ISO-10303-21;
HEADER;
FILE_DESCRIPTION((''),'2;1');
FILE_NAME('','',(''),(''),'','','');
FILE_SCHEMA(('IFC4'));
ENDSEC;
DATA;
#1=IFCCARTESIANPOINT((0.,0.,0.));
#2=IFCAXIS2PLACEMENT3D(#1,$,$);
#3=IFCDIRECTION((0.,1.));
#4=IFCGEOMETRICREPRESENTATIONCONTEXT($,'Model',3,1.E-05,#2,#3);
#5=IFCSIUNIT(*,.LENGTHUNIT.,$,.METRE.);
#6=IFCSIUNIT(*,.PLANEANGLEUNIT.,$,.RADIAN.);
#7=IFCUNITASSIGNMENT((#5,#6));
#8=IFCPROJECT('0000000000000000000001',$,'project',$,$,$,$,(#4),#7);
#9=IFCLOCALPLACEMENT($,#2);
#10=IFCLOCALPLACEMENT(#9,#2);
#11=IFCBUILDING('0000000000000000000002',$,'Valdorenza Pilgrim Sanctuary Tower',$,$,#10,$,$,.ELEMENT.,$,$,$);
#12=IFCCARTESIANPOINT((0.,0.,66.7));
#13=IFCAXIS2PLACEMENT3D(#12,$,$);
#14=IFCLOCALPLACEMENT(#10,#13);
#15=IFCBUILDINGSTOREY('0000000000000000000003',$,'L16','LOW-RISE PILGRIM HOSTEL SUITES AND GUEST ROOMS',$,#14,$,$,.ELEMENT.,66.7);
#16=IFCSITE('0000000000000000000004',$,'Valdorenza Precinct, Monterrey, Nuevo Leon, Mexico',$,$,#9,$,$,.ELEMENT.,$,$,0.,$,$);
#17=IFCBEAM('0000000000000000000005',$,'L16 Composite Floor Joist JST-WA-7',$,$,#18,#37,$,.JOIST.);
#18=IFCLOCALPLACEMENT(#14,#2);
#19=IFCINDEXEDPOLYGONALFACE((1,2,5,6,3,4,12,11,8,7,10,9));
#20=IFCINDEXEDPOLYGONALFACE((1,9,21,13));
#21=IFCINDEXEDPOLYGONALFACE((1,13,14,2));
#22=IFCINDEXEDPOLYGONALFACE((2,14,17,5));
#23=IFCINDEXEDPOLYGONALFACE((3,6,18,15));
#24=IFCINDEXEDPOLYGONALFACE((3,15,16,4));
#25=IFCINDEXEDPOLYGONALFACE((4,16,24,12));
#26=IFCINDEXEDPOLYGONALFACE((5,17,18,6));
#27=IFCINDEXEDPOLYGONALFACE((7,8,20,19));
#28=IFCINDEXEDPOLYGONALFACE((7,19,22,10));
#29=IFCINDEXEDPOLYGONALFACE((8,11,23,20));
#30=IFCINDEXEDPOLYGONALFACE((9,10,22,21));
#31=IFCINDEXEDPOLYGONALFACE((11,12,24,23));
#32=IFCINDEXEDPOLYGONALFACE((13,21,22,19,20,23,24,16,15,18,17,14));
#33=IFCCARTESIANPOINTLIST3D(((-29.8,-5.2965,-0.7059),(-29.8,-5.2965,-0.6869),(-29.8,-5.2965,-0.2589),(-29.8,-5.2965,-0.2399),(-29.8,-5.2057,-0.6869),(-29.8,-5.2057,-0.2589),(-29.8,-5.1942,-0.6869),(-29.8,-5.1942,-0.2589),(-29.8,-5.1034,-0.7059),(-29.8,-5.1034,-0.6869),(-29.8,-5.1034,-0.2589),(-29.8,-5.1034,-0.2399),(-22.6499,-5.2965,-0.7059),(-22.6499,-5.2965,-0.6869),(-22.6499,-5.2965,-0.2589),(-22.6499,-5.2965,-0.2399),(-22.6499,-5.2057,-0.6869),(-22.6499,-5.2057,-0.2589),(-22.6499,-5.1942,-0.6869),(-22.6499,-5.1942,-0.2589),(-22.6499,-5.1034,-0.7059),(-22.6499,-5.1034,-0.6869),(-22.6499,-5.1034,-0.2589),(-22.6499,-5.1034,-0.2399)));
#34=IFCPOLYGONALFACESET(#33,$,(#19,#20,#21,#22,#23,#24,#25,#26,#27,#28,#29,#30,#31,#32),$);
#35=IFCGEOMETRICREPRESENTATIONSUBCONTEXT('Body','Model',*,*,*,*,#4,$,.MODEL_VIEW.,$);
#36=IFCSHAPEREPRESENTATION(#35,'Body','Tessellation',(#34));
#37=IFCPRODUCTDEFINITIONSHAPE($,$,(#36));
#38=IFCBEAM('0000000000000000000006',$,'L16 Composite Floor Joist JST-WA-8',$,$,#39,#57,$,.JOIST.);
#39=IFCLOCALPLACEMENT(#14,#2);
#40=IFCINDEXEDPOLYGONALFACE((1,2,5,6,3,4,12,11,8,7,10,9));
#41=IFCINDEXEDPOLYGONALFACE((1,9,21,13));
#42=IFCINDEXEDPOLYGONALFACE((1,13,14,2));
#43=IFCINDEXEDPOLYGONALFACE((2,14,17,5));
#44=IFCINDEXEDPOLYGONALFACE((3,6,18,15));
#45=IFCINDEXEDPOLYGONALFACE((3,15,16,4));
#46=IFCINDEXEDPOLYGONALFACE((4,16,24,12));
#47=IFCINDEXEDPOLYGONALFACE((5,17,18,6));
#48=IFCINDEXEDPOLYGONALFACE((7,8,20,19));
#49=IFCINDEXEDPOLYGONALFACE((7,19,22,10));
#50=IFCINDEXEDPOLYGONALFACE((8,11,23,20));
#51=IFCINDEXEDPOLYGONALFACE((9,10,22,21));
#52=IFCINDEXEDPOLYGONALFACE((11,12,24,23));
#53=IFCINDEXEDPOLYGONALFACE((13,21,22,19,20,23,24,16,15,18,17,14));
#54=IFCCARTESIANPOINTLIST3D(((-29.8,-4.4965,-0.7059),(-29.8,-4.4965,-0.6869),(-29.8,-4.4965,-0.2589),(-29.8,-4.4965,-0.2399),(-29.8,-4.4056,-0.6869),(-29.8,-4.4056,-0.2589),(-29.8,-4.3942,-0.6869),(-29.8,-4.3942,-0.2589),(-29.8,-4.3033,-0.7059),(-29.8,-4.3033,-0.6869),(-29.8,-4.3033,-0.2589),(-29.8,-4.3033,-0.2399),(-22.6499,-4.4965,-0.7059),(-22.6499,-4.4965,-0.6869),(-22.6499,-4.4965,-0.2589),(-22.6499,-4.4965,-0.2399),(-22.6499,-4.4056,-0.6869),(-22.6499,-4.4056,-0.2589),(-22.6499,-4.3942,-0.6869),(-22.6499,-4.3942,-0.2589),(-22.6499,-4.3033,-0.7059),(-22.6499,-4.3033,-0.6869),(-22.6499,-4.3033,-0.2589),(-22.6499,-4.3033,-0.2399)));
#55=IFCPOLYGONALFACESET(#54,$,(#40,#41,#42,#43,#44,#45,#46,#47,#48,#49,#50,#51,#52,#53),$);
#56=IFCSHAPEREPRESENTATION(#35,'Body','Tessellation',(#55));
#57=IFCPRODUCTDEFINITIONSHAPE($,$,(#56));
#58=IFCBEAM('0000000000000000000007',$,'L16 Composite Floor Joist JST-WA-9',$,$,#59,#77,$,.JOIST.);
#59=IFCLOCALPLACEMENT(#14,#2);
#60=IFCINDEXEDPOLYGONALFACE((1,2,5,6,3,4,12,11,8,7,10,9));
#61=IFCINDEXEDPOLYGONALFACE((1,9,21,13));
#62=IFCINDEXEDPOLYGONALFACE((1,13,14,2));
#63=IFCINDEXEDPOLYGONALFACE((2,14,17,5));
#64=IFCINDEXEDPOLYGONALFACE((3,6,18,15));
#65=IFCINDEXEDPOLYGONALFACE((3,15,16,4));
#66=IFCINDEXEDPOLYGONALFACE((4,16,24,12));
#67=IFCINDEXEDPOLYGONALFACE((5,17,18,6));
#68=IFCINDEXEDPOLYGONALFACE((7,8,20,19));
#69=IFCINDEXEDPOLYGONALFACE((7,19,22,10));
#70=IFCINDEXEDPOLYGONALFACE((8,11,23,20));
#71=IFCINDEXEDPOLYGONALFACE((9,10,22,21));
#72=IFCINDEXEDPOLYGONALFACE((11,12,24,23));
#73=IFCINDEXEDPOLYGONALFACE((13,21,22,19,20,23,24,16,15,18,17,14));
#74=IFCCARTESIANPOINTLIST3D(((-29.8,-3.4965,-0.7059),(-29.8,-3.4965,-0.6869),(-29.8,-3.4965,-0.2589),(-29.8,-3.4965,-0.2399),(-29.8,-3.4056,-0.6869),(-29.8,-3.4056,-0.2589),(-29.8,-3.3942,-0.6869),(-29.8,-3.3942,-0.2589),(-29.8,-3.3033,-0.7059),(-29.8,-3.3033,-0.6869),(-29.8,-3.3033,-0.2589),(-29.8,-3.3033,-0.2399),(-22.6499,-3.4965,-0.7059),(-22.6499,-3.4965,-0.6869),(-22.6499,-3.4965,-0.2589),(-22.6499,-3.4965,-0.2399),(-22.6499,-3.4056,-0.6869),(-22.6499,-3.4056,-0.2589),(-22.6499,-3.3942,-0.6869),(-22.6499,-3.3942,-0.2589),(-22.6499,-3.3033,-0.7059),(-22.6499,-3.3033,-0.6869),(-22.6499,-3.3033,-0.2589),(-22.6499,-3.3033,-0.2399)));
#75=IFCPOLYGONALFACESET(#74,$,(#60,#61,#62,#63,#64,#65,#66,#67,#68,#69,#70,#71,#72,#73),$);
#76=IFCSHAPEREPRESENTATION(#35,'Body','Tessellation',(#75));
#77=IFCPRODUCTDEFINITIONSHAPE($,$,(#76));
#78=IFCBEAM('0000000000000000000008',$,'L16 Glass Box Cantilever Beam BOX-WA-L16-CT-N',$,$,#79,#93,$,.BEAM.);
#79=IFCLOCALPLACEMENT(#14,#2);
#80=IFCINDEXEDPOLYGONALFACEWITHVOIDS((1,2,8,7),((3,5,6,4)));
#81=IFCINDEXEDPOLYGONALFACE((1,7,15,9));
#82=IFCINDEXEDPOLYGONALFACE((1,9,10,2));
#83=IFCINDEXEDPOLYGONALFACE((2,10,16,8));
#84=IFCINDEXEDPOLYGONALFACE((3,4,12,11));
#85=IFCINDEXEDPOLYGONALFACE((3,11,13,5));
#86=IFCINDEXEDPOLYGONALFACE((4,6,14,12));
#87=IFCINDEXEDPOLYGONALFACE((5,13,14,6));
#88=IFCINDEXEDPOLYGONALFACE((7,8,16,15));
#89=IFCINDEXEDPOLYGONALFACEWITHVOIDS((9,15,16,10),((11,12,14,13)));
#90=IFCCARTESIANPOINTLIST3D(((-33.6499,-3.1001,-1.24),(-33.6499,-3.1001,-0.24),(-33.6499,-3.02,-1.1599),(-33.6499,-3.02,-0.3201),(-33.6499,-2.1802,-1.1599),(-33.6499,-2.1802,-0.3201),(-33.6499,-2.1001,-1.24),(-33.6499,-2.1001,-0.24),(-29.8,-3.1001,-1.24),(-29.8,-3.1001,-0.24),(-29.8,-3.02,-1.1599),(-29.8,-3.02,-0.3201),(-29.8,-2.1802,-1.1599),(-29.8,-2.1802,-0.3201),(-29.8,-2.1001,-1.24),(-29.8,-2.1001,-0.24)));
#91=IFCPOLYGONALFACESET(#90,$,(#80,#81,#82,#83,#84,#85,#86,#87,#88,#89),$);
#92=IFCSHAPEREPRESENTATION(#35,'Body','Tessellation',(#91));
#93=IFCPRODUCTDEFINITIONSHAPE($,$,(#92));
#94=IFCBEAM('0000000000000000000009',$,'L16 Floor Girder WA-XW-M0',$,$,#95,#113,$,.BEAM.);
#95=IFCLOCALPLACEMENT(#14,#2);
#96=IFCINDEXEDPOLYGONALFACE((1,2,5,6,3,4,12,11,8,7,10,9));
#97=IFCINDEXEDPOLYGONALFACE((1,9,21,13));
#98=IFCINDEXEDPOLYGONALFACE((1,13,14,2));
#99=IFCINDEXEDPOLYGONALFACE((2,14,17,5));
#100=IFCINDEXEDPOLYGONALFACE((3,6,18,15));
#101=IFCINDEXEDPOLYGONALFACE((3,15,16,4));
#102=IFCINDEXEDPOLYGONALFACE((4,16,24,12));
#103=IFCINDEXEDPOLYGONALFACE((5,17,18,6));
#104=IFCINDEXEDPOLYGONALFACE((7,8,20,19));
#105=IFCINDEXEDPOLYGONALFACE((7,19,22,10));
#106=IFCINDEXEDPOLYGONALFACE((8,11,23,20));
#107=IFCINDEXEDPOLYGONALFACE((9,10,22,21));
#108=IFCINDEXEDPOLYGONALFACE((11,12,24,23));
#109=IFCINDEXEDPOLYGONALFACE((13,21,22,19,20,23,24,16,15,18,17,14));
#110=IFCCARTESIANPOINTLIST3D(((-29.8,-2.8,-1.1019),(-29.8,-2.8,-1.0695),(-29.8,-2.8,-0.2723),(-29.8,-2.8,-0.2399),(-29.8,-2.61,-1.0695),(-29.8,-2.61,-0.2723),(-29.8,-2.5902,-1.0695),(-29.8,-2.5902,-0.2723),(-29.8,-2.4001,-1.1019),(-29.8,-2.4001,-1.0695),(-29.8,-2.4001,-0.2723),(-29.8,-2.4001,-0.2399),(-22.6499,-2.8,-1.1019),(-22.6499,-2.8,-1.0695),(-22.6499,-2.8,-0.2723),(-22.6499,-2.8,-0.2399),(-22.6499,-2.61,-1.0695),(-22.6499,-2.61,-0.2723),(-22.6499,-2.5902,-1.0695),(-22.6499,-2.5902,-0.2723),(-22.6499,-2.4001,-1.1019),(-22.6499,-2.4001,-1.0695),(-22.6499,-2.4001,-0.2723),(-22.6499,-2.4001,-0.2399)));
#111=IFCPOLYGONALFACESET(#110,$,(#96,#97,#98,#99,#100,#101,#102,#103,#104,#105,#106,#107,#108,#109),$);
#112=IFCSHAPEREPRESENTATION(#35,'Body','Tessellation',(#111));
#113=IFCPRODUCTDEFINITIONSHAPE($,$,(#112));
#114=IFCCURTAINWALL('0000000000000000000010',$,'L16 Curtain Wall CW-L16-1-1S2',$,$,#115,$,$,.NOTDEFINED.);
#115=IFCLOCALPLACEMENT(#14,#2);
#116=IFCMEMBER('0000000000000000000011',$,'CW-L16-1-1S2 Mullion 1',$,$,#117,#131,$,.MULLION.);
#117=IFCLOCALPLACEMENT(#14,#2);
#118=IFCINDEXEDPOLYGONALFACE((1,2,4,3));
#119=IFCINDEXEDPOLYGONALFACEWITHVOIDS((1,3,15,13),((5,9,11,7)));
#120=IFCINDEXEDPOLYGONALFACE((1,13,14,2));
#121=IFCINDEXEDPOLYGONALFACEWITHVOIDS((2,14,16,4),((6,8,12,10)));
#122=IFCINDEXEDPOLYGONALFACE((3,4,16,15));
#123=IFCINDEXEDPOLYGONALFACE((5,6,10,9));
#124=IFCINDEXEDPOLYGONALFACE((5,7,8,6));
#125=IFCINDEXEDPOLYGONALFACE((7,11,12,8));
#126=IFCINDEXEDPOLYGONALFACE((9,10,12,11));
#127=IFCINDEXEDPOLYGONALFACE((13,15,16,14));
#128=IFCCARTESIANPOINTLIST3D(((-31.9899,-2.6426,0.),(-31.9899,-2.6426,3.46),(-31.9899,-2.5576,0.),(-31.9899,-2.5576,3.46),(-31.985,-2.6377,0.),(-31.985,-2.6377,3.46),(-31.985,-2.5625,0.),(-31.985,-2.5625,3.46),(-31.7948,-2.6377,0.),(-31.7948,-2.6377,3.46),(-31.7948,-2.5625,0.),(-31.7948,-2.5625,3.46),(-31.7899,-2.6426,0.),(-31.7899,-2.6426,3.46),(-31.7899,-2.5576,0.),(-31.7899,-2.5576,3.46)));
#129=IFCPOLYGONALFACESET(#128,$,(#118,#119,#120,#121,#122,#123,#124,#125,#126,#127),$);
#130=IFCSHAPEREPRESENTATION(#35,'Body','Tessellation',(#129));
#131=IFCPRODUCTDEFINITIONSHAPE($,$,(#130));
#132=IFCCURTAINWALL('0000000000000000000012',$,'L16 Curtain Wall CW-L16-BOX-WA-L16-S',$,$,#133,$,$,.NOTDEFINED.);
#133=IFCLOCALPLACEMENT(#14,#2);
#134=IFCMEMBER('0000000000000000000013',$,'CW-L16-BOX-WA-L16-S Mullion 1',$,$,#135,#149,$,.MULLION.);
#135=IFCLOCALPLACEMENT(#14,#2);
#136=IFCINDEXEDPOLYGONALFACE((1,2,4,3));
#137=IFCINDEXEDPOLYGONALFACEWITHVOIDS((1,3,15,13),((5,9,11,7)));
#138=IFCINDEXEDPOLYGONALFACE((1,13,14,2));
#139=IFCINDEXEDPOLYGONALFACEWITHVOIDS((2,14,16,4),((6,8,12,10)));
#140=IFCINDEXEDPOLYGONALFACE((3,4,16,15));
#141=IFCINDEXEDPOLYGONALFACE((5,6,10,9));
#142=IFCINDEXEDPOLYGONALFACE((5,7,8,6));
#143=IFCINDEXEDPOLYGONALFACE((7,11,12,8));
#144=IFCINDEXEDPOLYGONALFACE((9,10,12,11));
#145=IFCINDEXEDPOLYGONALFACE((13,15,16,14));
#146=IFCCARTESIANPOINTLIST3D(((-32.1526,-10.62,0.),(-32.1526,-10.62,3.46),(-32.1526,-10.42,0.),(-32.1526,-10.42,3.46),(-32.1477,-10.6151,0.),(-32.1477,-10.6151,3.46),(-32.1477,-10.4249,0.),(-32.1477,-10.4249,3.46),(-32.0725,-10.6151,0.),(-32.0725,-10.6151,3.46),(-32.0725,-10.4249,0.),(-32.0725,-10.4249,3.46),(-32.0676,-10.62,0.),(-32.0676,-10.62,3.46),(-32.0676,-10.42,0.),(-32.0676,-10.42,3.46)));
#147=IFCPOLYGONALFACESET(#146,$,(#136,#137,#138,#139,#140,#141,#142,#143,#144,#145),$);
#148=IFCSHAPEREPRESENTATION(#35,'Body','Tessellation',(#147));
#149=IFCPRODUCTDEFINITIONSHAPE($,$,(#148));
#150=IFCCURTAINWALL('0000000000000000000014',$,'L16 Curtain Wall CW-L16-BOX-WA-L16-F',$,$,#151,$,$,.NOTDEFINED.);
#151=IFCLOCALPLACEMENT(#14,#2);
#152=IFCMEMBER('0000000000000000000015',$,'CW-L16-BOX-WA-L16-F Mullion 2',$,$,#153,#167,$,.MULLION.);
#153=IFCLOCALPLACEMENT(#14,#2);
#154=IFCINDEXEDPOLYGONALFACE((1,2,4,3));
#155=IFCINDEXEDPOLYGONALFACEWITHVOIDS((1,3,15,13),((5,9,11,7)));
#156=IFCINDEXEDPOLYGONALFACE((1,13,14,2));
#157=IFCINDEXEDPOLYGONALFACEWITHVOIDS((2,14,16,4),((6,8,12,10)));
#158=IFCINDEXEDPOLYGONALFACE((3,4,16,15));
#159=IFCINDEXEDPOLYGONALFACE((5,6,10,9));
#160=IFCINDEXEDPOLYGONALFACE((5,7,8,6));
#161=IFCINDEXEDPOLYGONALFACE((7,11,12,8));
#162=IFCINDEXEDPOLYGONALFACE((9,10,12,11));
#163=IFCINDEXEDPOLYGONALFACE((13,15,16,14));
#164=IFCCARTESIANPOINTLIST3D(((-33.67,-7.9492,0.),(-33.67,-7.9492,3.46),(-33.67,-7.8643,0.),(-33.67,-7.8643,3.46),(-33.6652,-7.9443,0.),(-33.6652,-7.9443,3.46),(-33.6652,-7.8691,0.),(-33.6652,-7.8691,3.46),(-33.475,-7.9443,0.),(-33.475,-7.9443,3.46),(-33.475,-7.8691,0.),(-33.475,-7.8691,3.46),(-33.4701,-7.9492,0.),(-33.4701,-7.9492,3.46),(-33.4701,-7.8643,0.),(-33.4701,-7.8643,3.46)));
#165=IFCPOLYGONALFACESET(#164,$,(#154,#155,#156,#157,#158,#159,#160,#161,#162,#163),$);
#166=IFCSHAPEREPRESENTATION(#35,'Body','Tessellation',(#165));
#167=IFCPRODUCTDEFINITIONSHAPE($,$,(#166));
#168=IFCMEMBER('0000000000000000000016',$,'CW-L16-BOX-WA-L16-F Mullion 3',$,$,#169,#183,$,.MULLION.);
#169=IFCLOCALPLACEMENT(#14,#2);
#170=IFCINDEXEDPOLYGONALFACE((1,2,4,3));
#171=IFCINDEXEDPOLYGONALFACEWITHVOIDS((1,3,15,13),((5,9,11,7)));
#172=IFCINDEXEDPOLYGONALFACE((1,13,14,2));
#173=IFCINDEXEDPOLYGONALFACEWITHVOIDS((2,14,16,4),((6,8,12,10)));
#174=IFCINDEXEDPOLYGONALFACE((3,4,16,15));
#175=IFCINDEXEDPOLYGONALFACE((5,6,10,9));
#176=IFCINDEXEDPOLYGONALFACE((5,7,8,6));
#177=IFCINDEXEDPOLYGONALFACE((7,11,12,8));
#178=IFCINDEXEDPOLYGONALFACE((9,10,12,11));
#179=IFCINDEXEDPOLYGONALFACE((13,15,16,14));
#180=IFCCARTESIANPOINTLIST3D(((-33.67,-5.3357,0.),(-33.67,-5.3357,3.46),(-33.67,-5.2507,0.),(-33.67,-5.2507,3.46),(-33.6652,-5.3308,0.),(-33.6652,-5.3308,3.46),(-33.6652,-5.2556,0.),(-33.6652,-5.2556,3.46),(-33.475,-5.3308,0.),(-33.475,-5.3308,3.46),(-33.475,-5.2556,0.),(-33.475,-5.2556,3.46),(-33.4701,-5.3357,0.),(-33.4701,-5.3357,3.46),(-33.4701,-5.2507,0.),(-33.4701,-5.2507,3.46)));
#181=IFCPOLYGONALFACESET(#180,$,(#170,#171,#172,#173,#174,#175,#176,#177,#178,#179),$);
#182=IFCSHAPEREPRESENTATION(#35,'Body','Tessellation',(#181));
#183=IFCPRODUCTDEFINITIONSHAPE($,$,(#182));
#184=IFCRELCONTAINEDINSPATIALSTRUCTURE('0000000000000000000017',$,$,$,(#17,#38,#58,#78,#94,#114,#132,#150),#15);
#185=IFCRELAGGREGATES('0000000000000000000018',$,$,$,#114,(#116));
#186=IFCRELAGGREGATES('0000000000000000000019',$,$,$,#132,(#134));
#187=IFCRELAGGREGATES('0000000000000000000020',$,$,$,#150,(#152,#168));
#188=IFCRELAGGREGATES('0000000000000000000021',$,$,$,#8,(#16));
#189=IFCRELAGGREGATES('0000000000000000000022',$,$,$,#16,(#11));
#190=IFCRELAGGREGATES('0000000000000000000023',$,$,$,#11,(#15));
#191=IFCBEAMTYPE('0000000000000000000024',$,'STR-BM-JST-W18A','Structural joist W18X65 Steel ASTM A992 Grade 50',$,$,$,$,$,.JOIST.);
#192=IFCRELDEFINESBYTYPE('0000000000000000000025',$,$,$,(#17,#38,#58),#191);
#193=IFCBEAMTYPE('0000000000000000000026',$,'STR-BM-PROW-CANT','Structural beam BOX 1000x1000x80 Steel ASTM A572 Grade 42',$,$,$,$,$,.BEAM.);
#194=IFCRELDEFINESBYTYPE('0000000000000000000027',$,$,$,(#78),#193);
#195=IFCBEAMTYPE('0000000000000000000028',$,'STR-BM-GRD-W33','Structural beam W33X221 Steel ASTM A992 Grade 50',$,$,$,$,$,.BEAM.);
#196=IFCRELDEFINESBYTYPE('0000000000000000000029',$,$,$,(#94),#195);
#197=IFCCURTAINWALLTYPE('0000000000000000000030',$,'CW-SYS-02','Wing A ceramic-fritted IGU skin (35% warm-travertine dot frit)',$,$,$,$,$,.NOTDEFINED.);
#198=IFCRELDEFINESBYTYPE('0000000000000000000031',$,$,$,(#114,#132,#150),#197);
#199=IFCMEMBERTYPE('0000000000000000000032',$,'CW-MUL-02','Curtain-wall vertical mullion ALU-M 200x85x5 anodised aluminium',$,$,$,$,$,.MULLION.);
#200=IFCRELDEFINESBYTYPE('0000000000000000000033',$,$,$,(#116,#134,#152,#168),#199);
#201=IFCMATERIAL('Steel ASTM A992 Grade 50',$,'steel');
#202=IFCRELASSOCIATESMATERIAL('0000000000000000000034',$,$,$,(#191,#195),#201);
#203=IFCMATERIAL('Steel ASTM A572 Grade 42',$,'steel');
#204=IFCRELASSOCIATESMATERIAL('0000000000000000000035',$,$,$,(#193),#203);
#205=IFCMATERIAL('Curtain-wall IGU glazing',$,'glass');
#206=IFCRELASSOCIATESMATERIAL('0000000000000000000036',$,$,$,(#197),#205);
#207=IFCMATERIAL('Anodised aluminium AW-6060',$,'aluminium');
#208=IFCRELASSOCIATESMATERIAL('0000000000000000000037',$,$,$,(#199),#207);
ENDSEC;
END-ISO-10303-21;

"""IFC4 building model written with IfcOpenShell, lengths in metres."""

from ifc_helpers import new_model, si_unit, direction, frame, origin, origin_2d, place, context, subcontext, project, spatial, hollow_rectangle, i_section, extrude, source, transform, mapped, material, material_profile, profile_set, type_object, element, aggregate, save


model = new_model("IFC4")

# Units and contexts
model_context = context("Model", 3, precision=1e-05, world=origin(), true_north=direction((0.0, 1.0)))
body_context = subcontext(model_context, "Body", "Model", "MODEL_VIEW")
ifc_project = project(units=[si_unit("LENGTHUNIT", "METRE"), si_unit("PLANEANGLEUNIT", "RADIAN")], contexts=[model_context])

# Site, building, storey
site_placement = place(None, origin())
site = spatial("IfcSite", under=ifc_project, at=site_placement, Name="Valdorenza Precinct, Monterrey, Nuevo Leon, Mexico", CompositionType="ELEMENT", RefElevation=0.0)
building_placement = place(site_placement, origin())
building = spatial("IfcBuilding", under=site, at=building_placement, Name="Valdorenza Pilgrim Sanctuary Tower", CompositionType="ELEMENT")
storey_placement = place(building_placement, frame((0.0, 0.0, 66.7)))
storey = spatial("IfcBuildingStorey", under=building, at=storey_placement, Name="L16", Description="LOW-RISE PILGRIM HOSTEL SUITES AND GUEST ROOMS", CompositionType="ELEMENT", Elevation=66.7)

# Beams
ifc_material_1 = material(Name="Steel ASTM A992 Grade 50", Category="steel")
ifc_material_profile_1 = material_profile(ifc_material_1, i_section(OverallWidth=0.1931, OverallDepth=0.4661, WebThickness=0.0115, FlangeThickness=0.019, at=origin_2d()), Name="W18X65")
ifc_profile_set_1 = profile_set([ifc_material_profile_1], Name="Steel ASTM A992 Grade 50")
beam_type_1 = type_object("IfcBeamType", Name="STR-BM-JST-W18A", Description="Structural joist W18X65 Steel ASTM A992 Grade 50", PredefinedType="JOIST", material=ifc_profile_set_1)
shared_shape_1 = source(origin(), body_context, "Body", "SweptSolid", [
    extrude(i_section(OverallWidth=0.1931, OverallDepth=0.4661, WebThickness=0.0115, FlangeThickness=0.019, at=origin_2d()), origin(), (0.0, 0.0, 1.0), 7.1501),
])
for number, where, z_axis, x_axis, name in (
    (1, (-29.8, -5.2, -0.4729), (1.0, 0.0, 0.0), (0.0, 1.0, 0.0), "L16 Composite Floor Joist JST-WA-7"),
    (2, (-29.8, -4.3999, -0.4729), (1.0, 0.0, 0.0), (0.0, 1.0, 0.0), "L16 Composite Floor Joist JST-WA-8"),
    (3, (-29.8, -3.3999, -0.4729), (1.0, 0.0, 0.0), (0.0, 1.0, 0.0), "L16 Composite Floor Joist JST-WA-9"),
):
    element("IfcBeam", number, at=place(storey_placement, frame(where, z_axis=z_axis, x_axis=x_axis)), inside=storey, type_object=beam_type_1, Name=name, PredefinedType="JOIST", context=body_context, shape_type="MappedRepresentation", body=[
        mapped(shared_shape_1, transform((0.0, 0.0, 0.0), x_axis=(1.0, 0.0, 0.0), y_axis=(0.0, 1.0, 0.0), z_axis=(0.0, 0.0, 1.0), scale=1.0)),
    ])
ifc_material_2 = material(Name="Steel ASTM A572 Grade 42", Category="steel")
ifc_material_profile_2 = material_profile(ifc_material_2, hollow_rectangle(XDim=1.0, YDim=1.0, WallThickness=0.0801, at=origin_2d()), Name="BOX 1000x1000x80")
ifc_profile_set_2 = profile_set([ifc_material_profile_2], Name="Steel ASTM A572 Grade 42")
beam_type_2 = type_object("IfcBeamType", Name="STR-BM-PROW-CANT", Description="Structural beam BOX 1000x1000x80 Steel ASTM A572 Grade 42", PredefinedType="BEAM", material=ifc_profile_set_2)
shared_shape_2 = source(origin(), body_context, "Body", "SweptSolid", [
    extrude(hollow_rectangle(XDim=1.0, YDim=1.0, WallThickness=0.0801, at=origin_2d()), origin(), (0.0, 0.0, 1.0), 3.8499),
])
beam_1_placement = place(storey_placement, frame((-29.8, -2.6001, -0.74), z_axis=(-1.0, 0.0, 0.0), x_axis=(0.0, -1.0, 0.0)))
element("IfcBeam", 4, at=beam_1_placement, inside=storey, type_object=beam_type_2, Name="L16 Glass Box Cantilever Beam BOX-WA-L16-CT-N", PredefinedType="BEAM", context=body_context, shape_type="MappedRepresentation", body=[
    mapped(shared_shape_2, transform((0.0, 0.0, 0.0), x_axis=(1.0, 0.0, 0.0), y_axis=(0.0, 1.0, 0.0), z_axis=(0.0, 0.0, 1.0), scale=1.0)),
])
ifc_material_profile_3 = material_profile(ifc_material_1, i_section(OverallWidth=0.3999, OverallDepth=0.8621, WebThickness=0.0198, FlangeThickness=0.0325, at=origin_2d()), Name="W33X221")
ifc_profile_set_3 = profile_set([ifc_material_profile_3], Name="Steel ASTM A992 Grade 50")
beam_type_3 = type_object("IfcBeamType", Name="STR-BM-GRD-W33", Description="Structural beam W33X221 Steel ASTM A992 Grade 50", PredefinedType="BEAM", material=ifc_profile_set_3)
shared_shape_3 = source(origin(), body_context, "Body", "SweptSolid", [
    extrude(i_section(OverallWidth=0.3999, OverallDepth=0.8621, WebThickness=0.0198, FlangeThickness=0.0325, at=origin_2d()), origin(), (0.0, 0.0, 1.0), 7.1501),
])
beam_2_placement = place(storey_placement, frame((-29.8, -2.6001, -0.6709), z_axis=(1.0, 0.0, 0.0), x_axis=(0.0, 1.0, 0.0)))
element("IfcBeam", 5, at=beam_2_placement, inside=storey, type_object=beam_type_3, Name="L16 Floor Girder WA-XW-M0", PredefinedType="BEAM", context=body_context, shape_type="MappedRepresentation", body=[
    mapped(shared_shape_3, transform((0.0, 0.0, 0.0), x_axis=(1.0, 0.0, 0.0), y_axis=(0.0, 1.0, 0.0), z_axis=(0.0, 0.0, 1.0), scale=1.0)),
])

# Curtain walls, members
ifc_material_3 = material(Name="Curtain-wall IGU glazing", Category="glass")
curtain_wall_type = type_object("IfcCurtainWallType", Name="CW-SYS-02", Description="Wing A ceramic-fritted IGU skin (35% warm-travertine dot frit)", PredefinedType="NOTDEFINED", material=ifc_material_3)
curtain_wall_1_placement = place(storey_placement, origin())
curtain_wall_1 = element("IfcCurtainWall", 6, at=curtain_wall_1_placement, inside=storey, type_object=curtain_wall_type, Name="L16 Curtain Wall CW-L16-1-1S2", PredefinedType="NOTDEFINED")
ifc_material_4 = material(Name="Anodised aluminium AW-6060", Category="aluminium")
ifc_material_profile_4 = material_profile(ifc_material_4, hollow_rectangle(XDim=0.085, YDim=0.2, WallThickness=0.0049, at=origin_2d()), Name="ALU-M 200x85x5")
ifc_profile_set_4 = profile_set([ifc_material_profile_4], Name="Anodised aluminium AW-6060")
member_type_1 = type_object("IfcMemberType", Name="CW-MUL-02", Description="Curtain-wall vertical mullion ALU-M 200x85x5 anodised aluminium", PredefinedType="MULLION", material=ifc_profile_set_4)
shared_shape_4 = source(origin(), body_context, "Body", "SweptSolid", [
    extrude(hollow_rectangle(XDim=0.085, YDim=0.2, WallThickness=0.0049, at=origin_2d()), origin(), (0.0, 0.0, 1.0), 3.46),
])
member_1_placement = place(storey_placement, frame((-31.8899, -2.6001, 0.0), z_axis=(0.0, 0.0, 1.0), x_axis=(0.0, 1.0, 0.0)))
member_1 = element("IfcMember", 7, at=member_1_placement, type_object=member_type_1, Name="CW-L16-1-1S2 Mullion 1", PredefinedType="MULLION", context=body_context, shape_type="MappedRepresentation", body=[
    mapped(shared_shape_4, transform((0.0, 0.0, 0.0), x_axis=(1.0, 0.0, 0.0), y_axis=(0.0, 1.0, 0.0), z_axis=(0.0, 0.0, 1.0), scale=1.0)),
])
curtain_wall_2_placement = place(storey_placement, origin())
curtain_wall_2 = element("IfcCurtainWall", 8, at=curtain_wall_2_placement, inside=storey, type_object=curtain_wall_type, Name="L16 Curtain Wall CW-L16-BOX-WA-L16-S", PredefinedType="NOTDEFINED")
member_2_placement = place(storey_placement, frame((-32.1101, -10.52, 0.0), z_axis=(0.0, 0.0, 1.0), x_axis=(-1.0, 0.0, 0.0)))
member_2 = element("IfcMember", 9, at=member_2_placement, type_object=member_type_1, Name="CW-L16-BOX-WA-L16-S Mullion 1", PredefinedType="MULLION", context=body_context, shape_type="MappedRepresentation", body=[
    mapped(shared_shape_4, transform((0.0, 0.0, 0.0), x_axis=(1.0, 0.0, 0.0), y_axis=(0.0, 1.0, 0.0), z_axis=(0.0, 0.0, 1.0), scale=1.0)),
])

# Curtain wall, members
curtain_wall_3_placement = place(storey_placement, origin())
curtain_wall_3 = element("IfcCurtainWall", 10, at=curtain_wall_3_placement, inside=storey, type_object=curtain_wall_type, Name="L16 Curtain Wall CW-L16-BOX-WA-L16-F", PredefinedType="NOTDEFINED")
member_3_placement = place(storey_placement, frame((-33.5701, -7.9067, 0.0), z_axis=(0.0, 0.0, 1.0), x_axis=(0.0, 1.0, 0.0)))
member_3 = element("IfcMember", 11, at=member_3_placement, type_object=member_type_1, Name="CW-L16-BOX-WA-L16-F Mullion 2", PredefinedType="MULLION", context=body_context, shape_type="MappedRepresentation", body=[
    mapped(shared_shape_4, transform((0.0, 0.0, 0.0), x_axis=(1.0, 0.0, 0.0), y_axis=(0.0, 1.0, 0.0), z_axis=(0.0, 0.0, 1.0), scale=1.0)),
])
member_4_placement = place(storey_placement, frame((-33.5701, -5.2932, 0.0), z_axis=(0.0, 0.0, 1.0), x_axis=(0.0, 1.0, 0.0)))
member_4 = element("IfcMember", 12, at=member_4_placement, type_object=member_type_1, Name="CW-L16-BOX-WA-L16-F Mullion 3", PredefinedType="MULLION", context=body_context, shape_type="MappedRepresentation", body=[
    mapped(shared_shape_4, transform((0.0, 0.0, 0.0), x_axis=(1.0, 0.0, 0.0), y_axis=(0.0, 1.0, 0.0), z_axis=(0.0, 0.0, 1.0), scale=1.0)),
])

aggregate(curtain_wall_1, [member_1])

aggregate(curtain_wall_2, [member_2])
aggregate(curtain_wall_3, [member_3, member_4])

save(model, "model.ifc")
